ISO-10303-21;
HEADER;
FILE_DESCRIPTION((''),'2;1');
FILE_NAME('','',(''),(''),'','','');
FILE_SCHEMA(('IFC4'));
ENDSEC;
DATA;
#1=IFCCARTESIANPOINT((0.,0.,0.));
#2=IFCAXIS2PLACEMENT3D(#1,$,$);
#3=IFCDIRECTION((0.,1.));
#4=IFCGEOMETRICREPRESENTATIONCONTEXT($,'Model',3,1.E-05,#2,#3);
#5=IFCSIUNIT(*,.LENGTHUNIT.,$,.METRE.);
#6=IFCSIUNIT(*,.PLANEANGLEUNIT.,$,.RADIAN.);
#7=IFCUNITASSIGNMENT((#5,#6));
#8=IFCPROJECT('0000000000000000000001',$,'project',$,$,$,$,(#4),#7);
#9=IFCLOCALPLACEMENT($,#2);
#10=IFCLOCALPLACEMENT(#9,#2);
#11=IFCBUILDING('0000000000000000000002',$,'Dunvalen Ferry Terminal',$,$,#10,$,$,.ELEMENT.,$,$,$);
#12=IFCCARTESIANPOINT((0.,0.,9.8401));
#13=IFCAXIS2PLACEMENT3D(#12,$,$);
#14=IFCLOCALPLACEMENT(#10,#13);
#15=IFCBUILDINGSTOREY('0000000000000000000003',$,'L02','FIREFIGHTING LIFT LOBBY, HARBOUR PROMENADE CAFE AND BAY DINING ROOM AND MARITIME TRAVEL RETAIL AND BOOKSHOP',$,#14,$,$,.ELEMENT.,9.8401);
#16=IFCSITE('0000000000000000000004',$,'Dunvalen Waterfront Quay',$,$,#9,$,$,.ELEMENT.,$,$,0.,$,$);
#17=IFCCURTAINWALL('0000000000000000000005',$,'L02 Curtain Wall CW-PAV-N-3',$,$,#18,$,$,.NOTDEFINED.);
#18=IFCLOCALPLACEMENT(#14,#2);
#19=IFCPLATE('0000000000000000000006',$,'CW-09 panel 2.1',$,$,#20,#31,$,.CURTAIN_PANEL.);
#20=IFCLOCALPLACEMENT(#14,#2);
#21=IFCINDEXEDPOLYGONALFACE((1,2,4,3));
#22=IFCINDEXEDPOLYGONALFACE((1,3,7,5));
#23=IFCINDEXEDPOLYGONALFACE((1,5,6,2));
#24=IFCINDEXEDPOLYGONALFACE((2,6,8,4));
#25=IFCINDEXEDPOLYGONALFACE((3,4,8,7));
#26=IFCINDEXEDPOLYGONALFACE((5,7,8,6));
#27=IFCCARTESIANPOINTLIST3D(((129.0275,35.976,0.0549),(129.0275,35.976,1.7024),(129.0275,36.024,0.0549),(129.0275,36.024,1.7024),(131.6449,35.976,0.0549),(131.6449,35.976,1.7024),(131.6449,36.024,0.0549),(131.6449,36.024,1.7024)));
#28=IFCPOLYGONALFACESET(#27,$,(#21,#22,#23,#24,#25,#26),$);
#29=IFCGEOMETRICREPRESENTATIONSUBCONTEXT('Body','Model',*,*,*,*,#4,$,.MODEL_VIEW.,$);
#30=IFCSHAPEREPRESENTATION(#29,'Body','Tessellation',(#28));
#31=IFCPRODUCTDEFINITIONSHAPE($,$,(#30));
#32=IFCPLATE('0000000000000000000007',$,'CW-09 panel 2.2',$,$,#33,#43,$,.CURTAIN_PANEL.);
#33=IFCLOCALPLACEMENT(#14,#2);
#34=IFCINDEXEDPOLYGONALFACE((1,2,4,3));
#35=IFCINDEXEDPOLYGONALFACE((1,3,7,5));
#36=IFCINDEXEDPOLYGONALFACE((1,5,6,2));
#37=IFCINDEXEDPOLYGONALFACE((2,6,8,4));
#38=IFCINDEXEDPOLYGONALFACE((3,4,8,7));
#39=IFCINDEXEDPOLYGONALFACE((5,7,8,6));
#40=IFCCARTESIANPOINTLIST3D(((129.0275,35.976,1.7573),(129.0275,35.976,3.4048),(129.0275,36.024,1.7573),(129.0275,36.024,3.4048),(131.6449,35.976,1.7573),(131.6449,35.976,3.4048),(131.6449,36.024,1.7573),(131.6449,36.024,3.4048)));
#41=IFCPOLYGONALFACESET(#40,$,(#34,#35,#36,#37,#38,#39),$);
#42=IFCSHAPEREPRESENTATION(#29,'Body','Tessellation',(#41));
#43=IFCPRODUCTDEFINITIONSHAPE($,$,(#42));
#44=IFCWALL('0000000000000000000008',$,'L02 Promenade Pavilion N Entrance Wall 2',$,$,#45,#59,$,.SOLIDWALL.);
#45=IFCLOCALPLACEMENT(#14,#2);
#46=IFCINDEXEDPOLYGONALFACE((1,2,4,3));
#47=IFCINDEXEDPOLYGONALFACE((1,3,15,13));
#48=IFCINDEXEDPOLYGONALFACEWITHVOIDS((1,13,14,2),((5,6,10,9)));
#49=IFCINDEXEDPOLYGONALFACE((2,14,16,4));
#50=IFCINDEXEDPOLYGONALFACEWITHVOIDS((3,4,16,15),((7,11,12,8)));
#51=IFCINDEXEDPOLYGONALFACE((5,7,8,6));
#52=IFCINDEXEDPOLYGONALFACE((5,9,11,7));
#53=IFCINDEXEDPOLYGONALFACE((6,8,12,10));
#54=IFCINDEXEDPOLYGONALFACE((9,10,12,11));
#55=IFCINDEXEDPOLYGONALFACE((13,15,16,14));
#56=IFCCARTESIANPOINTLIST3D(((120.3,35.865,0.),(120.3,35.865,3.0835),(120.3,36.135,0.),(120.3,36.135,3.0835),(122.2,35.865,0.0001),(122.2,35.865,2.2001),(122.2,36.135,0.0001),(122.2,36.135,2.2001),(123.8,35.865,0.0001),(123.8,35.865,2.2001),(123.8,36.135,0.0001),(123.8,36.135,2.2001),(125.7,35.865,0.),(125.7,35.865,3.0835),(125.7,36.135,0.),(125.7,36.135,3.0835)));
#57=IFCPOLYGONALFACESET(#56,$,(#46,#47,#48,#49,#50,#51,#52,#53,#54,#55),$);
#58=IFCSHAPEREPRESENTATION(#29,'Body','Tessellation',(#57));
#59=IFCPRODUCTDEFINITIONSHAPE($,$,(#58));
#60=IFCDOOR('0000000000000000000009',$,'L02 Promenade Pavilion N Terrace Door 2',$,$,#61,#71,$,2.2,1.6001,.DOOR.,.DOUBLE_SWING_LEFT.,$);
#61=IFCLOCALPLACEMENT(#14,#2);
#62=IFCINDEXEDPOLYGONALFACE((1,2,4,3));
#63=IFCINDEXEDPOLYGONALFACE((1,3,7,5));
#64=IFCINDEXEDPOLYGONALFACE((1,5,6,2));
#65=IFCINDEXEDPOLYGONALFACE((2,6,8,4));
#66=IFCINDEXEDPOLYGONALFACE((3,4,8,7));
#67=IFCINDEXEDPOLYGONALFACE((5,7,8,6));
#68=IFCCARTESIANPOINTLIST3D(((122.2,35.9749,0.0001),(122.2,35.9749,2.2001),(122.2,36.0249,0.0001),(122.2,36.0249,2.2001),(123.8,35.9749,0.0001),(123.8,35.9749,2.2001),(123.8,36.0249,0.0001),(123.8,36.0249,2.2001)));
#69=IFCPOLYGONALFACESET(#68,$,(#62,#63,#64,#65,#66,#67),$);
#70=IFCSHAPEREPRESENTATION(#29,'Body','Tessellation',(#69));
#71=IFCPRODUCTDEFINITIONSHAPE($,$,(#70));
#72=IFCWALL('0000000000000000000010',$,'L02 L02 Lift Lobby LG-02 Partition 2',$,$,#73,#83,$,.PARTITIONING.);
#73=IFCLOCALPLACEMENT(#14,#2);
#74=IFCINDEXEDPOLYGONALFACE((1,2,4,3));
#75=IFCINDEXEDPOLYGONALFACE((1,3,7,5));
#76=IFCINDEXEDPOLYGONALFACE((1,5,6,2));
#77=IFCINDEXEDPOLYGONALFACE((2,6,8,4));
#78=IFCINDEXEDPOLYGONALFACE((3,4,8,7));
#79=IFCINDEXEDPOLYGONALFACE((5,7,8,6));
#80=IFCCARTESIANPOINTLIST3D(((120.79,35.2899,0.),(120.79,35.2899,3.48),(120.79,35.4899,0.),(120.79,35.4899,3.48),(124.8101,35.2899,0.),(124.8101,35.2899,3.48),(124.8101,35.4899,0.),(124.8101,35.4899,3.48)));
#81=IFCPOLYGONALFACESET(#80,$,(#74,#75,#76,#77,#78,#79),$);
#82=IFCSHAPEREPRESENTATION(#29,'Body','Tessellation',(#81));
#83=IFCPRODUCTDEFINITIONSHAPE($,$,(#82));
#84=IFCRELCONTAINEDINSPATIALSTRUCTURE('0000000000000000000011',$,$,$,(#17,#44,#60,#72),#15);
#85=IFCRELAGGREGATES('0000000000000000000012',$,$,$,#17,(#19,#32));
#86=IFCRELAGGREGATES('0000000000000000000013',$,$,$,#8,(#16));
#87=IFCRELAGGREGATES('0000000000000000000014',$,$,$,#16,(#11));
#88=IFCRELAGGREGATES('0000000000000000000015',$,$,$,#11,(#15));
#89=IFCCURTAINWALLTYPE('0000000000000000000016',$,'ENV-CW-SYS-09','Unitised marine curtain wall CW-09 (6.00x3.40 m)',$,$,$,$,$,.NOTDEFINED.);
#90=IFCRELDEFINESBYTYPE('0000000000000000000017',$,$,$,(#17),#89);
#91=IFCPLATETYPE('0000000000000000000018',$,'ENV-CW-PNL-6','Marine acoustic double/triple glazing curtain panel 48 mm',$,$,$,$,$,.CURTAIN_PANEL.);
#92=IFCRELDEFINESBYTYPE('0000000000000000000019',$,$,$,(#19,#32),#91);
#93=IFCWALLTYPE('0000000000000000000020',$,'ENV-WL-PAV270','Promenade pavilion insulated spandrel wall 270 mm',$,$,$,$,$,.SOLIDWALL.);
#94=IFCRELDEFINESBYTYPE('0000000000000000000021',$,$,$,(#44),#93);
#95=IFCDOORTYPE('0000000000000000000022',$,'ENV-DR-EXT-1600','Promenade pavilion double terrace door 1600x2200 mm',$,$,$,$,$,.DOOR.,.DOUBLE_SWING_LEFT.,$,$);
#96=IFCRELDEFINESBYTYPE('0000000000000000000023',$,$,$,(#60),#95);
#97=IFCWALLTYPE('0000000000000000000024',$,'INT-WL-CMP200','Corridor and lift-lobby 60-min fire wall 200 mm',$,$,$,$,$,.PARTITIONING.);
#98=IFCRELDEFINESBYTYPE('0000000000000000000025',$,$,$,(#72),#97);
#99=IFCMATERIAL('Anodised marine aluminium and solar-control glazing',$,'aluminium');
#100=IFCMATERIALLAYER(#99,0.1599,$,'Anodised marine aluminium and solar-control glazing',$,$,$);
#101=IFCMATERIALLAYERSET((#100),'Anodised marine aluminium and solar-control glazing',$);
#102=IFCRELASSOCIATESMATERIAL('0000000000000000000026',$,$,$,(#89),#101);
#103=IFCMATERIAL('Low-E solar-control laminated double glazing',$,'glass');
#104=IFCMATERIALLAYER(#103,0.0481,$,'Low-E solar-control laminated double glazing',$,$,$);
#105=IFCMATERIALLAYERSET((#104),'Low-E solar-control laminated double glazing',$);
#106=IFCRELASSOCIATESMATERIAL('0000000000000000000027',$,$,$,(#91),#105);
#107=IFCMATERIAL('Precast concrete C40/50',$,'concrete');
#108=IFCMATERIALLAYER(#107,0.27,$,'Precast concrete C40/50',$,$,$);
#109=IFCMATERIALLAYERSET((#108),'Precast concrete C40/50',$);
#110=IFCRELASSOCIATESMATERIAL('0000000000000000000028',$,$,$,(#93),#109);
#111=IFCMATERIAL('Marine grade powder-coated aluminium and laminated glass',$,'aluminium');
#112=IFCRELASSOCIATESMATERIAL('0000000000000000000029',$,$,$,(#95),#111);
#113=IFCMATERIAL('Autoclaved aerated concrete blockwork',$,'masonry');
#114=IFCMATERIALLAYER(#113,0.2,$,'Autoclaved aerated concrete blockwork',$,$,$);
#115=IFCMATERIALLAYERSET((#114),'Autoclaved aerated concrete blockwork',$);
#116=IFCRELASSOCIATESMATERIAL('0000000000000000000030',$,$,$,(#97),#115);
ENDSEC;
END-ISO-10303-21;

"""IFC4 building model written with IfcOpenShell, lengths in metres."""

from ifc_helpers import new_model, si_unit, direction, frame, frame_2d, origin, origin_2d, place, context, subcontext, project, spatial, rectangle, extrude, material, layer, layer_set, type_object, element, fill, aggregate, save


model = new_model("IFC4")

# Units and contexts
model_context = context("Model", 3, precision=1e-05, world=origin(), true_north=direction((0.0, 1.0)))
body_context = subcontext(model_context, "Body", "Model", "MODEL_VIEW")
ifc_project = project(units=[si_unit("LENGTHUNIT", "METRE"), si_unit("PLANEANGLEUNIT", "RADIAN")], contexts=[model_context])

# Site, building, storey
site_placement = place(None, origin())
site = spatial("IfcSite", under=ifc_project, at=site_placement, Name="Dunvalen Waterfront Quay", CompositionType="ELEMENT", RefElevation=0.0)
building_placement = place(site_placement, origin())
building = spatial("IfcBuilding", under=site, at=building_placement, Name="Dunvalen Ferry Terminal", CompositionType="ELEMENT")
storey_placement = place(building_placement, frame((0.0, 0.0, 9.8401)))
storey = spatial("IfcBuildingStorey", under=building, at=storey_placement, Name="L02", Description="FIREFIGHTING LIFT LOBBY, HARBOUR PROMENADE CAFE AND BAY DINING ROOM AND MARITIME TRAVEL RETAIL AND BOOKSHOP", CompositionType="ELEMENT", Elevation=9.8401)

# Shared definitions
ifc_material_1 = material(Name="Anodised marine aluminium and solar-control glazing", Category="aluminium")
ifc_layer_1 = layer(ifc_material_1, 0.1599, Name="Anodised marine aluminium and solar-control glazing")
ifc_layer_set_1 = layer_set([ifc_layer_1], Name="Anodised marine aluminium and solar-control glazing")
curtain_wall_type = type_object("IfcCurtainWallType", Name="ENV-CW-SYS-09", Description="Unitised marine curtain wall CW-09 (6.00x3.40 m)", PredefinedType="NOTDEFINED", material=ifc_layer_set_1)

# Curtain wall
curtain_wall_1_placement = place(storey_placement, origin())
curtain_wall_1 = element("IfcCurtainWall", 1, at=curtain_wall_1_placement, inside=storey, type_object=curtain_wall_type, Name="L02 Curtain Wall CW-PAV-N-3", PredefinedType="NOTDEFINED")

# Plates
ifc_material_2 = material(Name="Low-E solar-control laminated double glazing", Category="glass")
ifc_layer_2 = layer(ifc_material_2, 0.0481, Name="Low-E solar-control laminated double glazing")
ifc_layer_set_2 = layer_set([ifc_layer_2], Name="Low-E solar-control laminated double glazing")
plate_type = type_object("IfcPlateType", Name="ENV-CW-PNL-6", Description="Marine acoustic double/triple glazing curtain panel 48 mm", PredefinedType="CURTAIN_PANEL", material=ifc_layer_set_2)
plate_1_placement = place(storey_placement, frame((130.3362, 36.0, 0.0549), z_axis=(0.0, 0.0, 1.0), x_axis=(1.0, 0.0, 0.0)))
plate_1 = element("IfcPlate", 2, at=plate_1_placement, type_object=plate_type, Name="CW-09 panel 2.1", PredefinedType="CURTAIN_PANEL", context=body_context, shape_type="SweptSolid", body=[
    extrude(rectangle(XDim=2.6174, YDim=0.0481, at=origin_2d()), origin(), (0.0, 0.0, 1.0), 1.6475),
])
plate_2_placement = place(storey_placement, frame((130.3362, 36.0, 1.7573), z_axis=(0.0, 0.0, 1.0), x_axis=(1.0, 0.0, 0.0)))
plate_2 = element("IfcPlate", 3, at=plate_2_placement, type_object=plate_type, Name="CW-09 panel 2.2", PredefinedType="CURTAIN_PANEL", context=body_context, shape_type="SweptSolid", body=[
    extrude(rectangle(XDim=2.6174, YDim=0.0481, at=origin_2d()), origin(), (0.0, 0.0, 1.0), 1.6475),
])
aggregate(curtain_wall_1, [plate_1, plate_2])

# Wall, opening, door
ifc_material_3 = material(Name="Precast concrete C40/50", Category="concrete")
ifc_layer_3 = layer(ifc_material_3, 0.27, Name="Precast concrete C40/50")
ifc_layer_set_3 = layer_set([ifc_layer_3], Name="Precast concrete C40/50")
wall_type_1 = type_object("IfcWallType", Name="ENV-WL-PAV270", Description="Promenade pavilion insulated spandrel wall 270 mm", PredefinedType="SOLIDWALL", material=ifc_layer_set_3)
wall_1_placement = place(storey_placement, frame((120.3, 36.0, 0.0), z_axis=(0.0, 0.0, 1.0), x_axis=(1.0, 0.0, 0.0)))
wall_1 = element("IfcWall", 4, at=wall_1_placement, inside=storey, type_object=wall_type_1, Name="L02 Promenade Pavilion N Entrance Wall 2", PredefinedType="SOLIDWALL", context=body_context, shape_type="SweptSolid", body=[
    extrude(rectangle(XDim=5.3999, YDim=0.27, at=frame_2d((2.7, 0.0))), origin(), (0.0, 0.0, 1.0), 3.0835),
])
opening_1_placement = place(wall_1_placement, frame((1.8999, 0.0, 0.0)))
opening_1 = element("IfcOpeningElement", 5, at=opening_1_placement, cuts=wall_1, PredefinedType="OPENING", context=body_context, shape_type="SweptSolid", body=[
    extrude(rectangle(XDim=1.6001, YDim=2.2, at=frame_2d((0.8, 1.1001))), frame((0.0, 0.145, 0.0), z_axis=(0.0, -1.0, 0.0), x_axis=(1.0, 0.0, 0.0)), (0.0, 0.0, 1.0), 0.29),
])
ifc_material_4 = material(Name="Marine grade powder-coated aluminium and laminated glass", Category="aluminium")
door_type_1 = type_object("IfcDoorType", Name="ENV-DR-EXT-1600", Description="Promenade pavilion double terrace door 1600x2200 mm", OperationType="DOUBLE_SWING_LEFT", PredefinedType="DOOR", material=ifc_material_4)
door_1_placement = place(opening_1_placement, origin())
door_1 = element("IfcDoor", 6, at=door_1_placement, inside=storey, type_object=door_type_1, Name="L02 Promenade Pavilion N Terrace Door 2", OperationType="DOUBLE_SWING_LEFT", OverallHeight=2.2, OverallWidth=1.6001, PredefinedType="DOOR", context=body_context, shape_type="SweptSolid", body=[
    extrude(rectangle(XDim=1.6001, YDim=2.2, at=frame_2d((0.8, 1.1001))), frame((0.0, 0.0249, 0.0), z_axis=(0.0, -1.0, 0.0), x_axis=(1.0, 0.0, 0.0)), (0.0, 0.0, 1.0), 0.05),
])
fill(opening_1, door_1)

# Wall
ifc_material_5 = material(Name="Autoclaved aerated concrete blockwork", Category="masonry")
ifc_layer_4 = layer(ifc_material_5, 0.2, Name="Autoclaved aerated concrete blockwork")
ifc_layer_set_4 = layer_set([ifc_layer_4], Name="Autoclaved aerated concrete blockwork")
wall_type_2 = type_object("IfcWallType", Name="INT-WL-CMP200", Description="Corridor and lift-lobby 60-min fire wall 200 mm", PredefinedType="PARTITIONING", material=ifc_layer_set_4)
wall_2_placement = place(storey_placement, frame((120.79, 35.3899, 0.0), z_axis=(0.0, 0.0, 1.0), x_axis=(1.0, 0.0, 0.0)))
element("IfcWall", 7, at=wall_2_placement, inside=storey, type_object=wall_type_2, Name="L02 L02 Lift Lobby LG-02 Partition 2", PredefinedType="PARTITIONING", context=body_context, shape_type="SweptSolid", body=[
    extrude(rectangle(XDim=4.02, YDim=0.2, at=frame_2d((2.01, 0.0))), origin(), (0.0, 0.0, 1.0), 3.48),
])

save(model, "model.ifc")
